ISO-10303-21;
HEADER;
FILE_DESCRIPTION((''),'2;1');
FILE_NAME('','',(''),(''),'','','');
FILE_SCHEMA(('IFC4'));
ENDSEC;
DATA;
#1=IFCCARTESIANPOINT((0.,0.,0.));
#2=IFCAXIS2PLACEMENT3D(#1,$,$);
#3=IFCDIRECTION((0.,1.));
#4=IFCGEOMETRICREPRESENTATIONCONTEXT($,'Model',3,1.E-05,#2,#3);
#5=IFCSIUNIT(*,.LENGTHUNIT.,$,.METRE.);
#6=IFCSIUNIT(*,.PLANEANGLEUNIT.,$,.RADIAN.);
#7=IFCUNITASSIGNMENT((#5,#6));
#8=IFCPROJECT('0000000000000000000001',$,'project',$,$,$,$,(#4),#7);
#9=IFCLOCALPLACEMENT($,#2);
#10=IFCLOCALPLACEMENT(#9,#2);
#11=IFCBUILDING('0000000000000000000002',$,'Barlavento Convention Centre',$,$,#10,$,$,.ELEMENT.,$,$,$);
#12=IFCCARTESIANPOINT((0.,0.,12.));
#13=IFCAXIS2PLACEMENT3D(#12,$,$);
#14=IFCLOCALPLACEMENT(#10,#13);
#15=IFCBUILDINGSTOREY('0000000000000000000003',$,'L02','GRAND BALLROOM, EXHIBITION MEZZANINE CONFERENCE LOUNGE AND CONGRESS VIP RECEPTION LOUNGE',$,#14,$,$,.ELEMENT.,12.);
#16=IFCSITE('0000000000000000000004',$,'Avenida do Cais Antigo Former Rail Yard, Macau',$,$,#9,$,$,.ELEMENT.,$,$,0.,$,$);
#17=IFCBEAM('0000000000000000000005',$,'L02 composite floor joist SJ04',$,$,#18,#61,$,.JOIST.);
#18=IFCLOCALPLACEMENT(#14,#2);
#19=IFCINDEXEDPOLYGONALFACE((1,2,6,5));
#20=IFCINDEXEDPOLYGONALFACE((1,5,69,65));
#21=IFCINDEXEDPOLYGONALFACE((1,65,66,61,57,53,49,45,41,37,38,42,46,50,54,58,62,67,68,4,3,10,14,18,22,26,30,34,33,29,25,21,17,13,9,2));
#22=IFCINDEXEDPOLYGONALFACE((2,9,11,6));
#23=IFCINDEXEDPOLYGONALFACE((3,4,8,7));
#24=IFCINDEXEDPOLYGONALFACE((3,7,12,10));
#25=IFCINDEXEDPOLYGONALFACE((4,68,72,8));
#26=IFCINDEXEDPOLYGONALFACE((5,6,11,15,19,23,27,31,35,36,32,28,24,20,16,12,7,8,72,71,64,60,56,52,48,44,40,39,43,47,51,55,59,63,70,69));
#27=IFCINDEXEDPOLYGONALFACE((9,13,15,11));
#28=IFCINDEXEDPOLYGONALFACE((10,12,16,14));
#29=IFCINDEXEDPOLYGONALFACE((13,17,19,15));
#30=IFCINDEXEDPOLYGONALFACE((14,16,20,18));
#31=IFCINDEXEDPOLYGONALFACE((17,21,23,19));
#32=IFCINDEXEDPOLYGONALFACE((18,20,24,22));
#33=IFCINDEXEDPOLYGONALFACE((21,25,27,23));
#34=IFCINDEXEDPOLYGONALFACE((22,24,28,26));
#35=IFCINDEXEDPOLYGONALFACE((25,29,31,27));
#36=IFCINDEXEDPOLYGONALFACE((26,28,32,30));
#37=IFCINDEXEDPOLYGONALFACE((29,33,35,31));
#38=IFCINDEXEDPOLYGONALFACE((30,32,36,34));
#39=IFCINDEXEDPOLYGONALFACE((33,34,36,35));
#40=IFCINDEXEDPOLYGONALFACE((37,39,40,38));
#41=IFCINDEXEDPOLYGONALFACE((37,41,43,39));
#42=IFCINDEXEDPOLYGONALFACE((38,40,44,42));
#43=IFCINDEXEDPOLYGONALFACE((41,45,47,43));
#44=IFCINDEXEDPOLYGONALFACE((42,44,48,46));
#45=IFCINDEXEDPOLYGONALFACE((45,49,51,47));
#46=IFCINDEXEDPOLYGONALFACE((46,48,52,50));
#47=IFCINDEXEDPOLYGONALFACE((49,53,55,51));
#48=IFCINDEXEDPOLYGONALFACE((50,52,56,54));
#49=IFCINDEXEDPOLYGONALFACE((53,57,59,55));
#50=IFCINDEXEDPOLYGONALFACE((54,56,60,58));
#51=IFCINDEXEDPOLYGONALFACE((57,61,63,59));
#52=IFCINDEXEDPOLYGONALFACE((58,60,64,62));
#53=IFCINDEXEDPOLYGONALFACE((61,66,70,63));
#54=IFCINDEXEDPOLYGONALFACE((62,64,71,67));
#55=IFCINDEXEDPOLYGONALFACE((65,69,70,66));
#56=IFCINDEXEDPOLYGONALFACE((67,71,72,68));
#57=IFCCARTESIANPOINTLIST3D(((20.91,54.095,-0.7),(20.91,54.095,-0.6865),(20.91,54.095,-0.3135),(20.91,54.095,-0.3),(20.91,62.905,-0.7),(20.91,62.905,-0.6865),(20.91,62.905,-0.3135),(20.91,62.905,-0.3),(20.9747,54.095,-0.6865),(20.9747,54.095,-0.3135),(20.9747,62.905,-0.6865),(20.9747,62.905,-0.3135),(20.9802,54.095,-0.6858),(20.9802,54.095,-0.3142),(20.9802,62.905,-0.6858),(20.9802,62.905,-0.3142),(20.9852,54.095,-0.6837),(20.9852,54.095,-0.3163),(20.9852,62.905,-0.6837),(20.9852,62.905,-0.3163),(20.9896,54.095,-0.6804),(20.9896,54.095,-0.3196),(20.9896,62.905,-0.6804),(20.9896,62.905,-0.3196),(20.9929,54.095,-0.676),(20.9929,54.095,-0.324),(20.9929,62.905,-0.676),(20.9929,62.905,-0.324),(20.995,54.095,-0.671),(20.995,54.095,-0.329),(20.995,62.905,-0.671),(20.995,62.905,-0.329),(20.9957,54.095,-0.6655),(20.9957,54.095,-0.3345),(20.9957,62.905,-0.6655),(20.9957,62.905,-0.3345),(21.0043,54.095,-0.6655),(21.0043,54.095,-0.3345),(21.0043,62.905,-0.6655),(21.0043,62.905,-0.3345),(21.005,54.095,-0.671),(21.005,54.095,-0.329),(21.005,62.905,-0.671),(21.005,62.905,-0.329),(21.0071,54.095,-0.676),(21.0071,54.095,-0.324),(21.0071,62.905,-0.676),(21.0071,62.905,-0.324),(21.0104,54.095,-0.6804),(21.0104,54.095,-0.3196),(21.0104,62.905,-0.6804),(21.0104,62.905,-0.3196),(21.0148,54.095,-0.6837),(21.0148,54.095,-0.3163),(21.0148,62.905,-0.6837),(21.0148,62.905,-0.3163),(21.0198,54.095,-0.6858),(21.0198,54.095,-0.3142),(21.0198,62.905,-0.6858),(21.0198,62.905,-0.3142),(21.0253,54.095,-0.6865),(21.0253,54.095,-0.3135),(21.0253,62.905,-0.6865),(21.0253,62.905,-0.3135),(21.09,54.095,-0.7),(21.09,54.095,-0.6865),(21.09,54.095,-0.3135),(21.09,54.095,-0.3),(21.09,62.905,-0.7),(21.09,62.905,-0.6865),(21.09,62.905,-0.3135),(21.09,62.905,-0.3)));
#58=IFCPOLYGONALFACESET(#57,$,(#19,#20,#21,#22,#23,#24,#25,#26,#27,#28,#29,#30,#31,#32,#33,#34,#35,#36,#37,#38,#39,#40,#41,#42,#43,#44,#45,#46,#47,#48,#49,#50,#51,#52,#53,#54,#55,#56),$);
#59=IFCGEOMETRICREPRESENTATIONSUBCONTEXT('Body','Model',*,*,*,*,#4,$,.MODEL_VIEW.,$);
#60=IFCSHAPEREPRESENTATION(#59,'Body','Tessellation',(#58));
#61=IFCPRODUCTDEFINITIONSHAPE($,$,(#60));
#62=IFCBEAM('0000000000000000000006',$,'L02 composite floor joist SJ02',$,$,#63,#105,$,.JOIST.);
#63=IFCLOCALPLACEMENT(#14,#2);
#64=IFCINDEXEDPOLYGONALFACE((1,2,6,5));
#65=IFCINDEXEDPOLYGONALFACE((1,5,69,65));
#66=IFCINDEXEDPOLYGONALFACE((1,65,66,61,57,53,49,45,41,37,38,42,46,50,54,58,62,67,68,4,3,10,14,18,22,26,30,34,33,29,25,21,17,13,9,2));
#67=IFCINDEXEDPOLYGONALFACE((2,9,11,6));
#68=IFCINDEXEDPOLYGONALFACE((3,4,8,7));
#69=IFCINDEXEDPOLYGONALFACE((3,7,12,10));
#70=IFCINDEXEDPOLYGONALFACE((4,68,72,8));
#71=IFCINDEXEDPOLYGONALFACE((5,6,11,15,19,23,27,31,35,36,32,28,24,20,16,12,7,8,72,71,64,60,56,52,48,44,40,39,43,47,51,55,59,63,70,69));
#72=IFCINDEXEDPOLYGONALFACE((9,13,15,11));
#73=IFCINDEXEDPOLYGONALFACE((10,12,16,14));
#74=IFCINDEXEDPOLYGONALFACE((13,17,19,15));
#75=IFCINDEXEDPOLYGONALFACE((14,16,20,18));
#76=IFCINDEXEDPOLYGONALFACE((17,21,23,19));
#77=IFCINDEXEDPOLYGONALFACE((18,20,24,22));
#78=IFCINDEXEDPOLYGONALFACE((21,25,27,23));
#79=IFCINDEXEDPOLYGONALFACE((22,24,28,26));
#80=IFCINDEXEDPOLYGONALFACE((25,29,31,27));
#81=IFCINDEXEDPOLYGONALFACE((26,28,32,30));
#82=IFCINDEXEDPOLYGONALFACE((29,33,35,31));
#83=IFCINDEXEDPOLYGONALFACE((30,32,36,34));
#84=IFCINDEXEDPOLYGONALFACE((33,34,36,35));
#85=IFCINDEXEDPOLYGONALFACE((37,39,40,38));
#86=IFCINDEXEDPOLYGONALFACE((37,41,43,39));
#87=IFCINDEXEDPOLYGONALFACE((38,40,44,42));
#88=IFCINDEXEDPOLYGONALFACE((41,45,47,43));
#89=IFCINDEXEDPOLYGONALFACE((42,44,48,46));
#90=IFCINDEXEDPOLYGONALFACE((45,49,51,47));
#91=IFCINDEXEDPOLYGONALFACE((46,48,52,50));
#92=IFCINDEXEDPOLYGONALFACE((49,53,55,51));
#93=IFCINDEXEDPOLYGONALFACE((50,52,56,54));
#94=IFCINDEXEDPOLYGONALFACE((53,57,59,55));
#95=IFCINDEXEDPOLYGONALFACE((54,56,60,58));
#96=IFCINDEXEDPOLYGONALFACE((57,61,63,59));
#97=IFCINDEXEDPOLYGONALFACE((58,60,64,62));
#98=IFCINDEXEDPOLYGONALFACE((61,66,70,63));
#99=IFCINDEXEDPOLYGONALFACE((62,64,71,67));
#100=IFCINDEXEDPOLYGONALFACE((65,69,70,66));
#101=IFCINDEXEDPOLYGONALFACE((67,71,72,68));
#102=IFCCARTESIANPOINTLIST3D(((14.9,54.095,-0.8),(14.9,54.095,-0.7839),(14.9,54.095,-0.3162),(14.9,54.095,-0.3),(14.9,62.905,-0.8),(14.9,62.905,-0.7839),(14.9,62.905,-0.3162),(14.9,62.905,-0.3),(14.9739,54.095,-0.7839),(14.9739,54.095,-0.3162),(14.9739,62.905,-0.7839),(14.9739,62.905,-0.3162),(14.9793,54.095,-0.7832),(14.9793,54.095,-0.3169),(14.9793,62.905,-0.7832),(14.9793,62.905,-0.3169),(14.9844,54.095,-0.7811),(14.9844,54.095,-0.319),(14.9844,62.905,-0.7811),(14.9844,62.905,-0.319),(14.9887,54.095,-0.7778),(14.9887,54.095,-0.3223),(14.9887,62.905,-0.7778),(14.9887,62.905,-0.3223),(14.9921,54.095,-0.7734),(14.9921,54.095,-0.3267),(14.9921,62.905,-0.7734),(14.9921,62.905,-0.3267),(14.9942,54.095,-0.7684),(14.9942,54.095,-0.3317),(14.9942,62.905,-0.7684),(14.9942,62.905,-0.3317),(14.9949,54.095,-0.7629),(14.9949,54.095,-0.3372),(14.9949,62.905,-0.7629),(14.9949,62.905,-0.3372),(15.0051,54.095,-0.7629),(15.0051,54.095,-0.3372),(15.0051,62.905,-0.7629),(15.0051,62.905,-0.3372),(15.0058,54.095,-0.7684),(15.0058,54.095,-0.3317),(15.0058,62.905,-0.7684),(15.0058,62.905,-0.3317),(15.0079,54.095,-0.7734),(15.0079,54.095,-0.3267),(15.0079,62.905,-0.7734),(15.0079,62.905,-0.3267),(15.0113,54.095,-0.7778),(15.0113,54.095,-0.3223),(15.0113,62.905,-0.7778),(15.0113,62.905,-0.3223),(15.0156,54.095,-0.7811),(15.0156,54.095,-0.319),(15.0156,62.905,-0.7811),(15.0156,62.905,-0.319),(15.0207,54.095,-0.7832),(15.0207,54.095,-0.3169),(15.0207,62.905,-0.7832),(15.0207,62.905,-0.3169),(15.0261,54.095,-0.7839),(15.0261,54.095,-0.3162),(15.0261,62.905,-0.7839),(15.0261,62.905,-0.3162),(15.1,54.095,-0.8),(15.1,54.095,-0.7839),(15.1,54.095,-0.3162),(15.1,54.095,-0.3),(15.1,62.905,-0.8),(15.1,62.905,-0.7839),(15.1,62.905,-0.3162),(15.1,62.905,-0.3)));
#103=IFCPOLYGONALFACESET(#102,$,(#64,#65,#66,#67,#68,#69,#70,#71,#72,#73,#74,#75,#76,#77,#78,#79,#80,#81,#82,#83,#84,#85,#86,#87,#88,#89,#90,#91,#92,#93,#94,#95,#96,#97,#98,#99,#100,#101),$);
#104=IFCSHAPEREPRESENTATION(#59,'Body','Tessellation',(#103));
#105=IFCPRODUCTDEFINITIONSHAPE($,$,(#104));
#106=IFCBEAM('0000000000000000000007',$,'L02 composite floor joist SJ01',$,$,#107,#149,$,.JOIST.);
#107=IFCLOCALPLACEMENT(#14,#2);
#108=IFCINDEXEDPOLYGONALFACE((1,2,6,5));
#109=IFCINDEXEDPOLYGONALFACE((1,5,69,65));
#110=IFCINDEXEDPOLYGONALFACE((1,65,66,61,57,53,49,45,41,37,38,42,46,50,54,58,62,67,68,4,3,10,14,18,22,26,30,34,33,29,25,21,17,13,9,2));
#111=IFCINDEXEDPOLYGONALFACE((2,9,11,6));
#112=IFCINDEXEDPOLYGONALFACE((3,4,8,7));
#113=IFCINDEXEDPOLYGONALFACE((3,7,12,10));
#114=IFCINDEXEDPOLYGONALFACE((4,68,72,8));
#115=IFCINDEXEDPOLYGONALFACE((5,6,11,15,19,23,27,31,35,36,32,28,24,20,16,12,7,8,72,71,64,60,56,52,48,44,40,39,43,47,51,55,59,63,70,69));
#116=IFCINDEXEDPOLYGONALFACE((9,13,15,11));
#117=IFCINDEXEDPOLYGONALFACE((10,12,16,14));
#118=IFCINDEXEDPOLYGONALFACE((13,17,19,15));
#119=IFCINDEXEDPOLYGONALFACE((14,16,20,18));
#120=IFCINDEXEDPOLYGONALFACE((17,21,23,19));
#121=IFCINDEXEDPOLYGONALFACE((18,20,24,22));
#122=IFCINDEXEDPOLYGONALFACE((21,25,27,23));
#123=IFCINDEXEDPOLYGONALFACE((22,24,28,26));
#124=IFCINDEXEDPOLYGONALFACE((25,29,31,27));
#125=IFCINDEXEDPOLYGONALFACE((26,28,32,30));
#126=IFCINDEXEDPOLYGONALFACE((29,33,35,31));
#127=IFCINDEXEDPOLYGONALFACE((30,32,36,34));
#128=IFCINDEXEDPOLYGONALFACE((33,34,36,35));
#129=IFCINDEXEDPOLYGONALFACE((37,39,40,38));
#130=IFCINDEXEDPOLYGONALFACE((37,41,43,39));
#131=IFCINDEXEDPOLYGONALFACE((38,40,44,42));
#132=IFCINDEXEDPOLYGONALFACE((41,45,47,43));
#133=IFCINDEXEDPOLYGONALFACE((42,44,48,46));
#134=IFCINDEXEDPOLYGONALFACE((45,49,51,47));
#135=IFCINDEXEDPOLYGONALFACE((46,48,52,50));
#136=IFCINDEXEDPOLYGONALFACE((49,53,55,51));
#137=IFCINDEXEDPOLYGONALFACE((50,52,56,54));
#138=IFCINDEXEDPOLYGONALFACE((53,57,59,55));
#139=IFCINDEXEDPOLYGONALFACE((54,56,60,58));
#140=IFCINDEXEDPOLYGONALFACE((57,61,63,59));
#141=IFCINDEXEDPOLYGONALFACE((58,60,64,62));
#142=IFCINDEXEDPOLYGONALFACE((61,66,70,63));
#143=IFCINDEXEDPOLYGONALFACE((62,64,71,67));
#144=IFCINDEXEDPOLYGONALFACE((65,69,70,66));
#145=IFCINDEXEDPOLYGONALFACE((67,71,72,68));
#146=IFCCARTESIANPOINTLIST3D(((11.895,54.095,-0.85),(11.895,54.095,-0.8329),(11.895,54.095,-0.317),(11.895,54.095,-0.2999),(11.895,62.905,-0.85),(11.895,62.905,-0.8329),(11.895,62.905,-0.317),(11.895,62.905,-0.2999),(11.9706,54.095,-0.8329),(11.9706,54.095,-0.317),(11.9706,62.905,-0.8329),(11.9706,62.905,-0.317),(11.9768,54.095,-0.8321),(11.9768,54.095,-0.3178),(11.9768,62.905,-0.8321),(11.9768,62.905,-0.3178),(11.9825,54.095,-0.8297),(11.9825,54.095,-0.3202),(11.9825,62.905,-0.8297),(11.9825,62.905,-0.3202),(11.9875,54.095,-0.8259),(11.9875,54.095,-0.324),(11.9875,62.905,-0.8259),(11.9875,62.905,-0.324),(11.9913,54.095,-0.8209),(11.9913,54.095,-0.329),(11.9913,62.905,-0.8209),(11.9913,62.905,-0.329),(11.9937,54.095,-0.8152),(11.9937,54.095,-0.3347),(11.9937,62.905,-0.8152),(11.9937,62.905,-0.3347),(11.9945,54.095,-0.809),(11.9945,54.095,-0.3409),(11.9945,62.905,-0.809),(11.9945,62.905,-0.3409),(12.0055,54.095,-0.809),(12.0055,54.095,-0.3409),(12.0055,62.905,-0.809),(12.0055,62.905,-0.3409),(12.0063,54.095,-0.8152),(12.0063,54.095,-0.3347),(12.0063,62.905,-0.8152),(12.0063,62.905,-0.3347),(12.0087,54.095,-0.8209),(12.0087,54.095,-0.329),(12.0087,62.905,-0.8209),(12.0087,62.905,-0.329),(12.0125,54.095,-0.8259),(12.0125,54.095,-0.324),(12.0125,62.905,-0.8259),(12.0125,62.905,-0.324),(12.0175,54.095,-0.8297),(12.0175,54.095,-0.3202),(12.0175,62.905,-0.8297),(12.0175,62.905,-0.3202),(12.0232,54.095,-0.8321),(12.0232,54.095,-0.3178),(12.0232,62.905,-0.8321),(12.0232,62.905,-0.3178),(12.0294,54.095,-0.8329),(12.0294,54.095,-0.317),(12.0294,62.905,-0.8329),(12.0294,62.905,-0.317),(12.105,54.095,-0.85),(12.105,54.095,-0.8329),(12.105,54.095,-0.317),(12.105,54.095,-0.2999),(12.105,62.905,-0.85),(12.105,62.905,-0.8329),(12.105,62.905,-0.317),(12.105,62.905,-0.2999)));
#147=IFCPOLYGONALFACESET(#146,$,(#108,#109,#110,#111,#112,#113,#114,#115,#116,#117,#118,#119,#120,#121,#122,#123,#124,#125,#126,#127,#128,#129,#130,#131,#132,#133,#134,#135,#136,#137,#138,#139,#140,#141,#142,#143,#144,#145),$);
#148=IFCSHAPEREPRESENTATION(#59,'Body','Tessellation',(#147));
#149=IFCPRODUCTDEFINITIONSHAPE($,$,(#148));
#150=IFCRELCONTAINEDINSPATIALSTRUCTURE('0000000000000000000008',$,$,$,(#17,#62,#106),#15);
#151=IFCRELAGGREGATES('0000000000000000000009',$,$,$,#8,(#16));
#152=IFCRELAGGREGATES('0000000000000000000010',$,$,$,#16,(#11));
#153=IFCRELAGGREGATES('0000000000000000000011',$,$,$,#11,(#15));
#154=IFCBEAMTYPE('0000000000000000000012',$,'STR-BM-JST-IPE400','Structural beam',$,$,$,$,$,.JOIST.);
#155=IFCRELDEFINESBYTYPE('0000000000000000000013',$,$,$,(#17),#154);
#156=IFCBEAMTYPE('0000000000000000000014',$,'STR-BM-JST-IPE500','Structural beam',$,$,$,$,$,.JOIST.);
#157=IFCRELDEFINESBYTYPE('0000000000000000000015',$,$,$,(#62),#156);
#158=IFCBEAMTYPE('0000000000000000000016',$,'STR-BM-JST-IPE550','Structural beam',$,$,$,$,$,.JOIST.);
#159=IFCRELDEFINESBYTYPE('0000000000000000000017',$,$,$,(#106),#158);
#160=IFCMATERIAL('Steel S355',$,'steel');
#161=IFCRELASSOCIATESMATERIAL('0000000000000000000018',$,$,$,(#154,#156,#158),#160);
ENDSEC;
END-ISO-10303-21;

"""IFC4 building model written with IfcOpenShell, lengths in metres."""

from ifc_helpers import new_model, si_unit, direction, frame, origin, origin_2d, place, context, subcontext, project, spatial, i_section, extrude, material, material_profile, profile_set, type_object, element, save


model = new_model("IFC4")

# Units and contexts
model_context = context("Model", 3, precision=1e-05, world=origin(), true_north=direction((0.0, 1.0)))
body_context = subcontext(model_context, "Body", "Model", "MODEL_VIEW")
ifc_project = project(units=[si_unit("LENGTHUNIT", "METRE"), si_unit("PLANEANGLEUNIT", "RADIAN")], contexts=[model_context])

# Site, building, storey
site_placement = place(None, origin())
site = spatial("IfcSite", under=ifc_project, at=site_placement, Name="Avenida do Cais Antigo Former Rail Yard, Macau", CompositionType="ELEMENT", RefElevation=0.0)
building_placement = place(site_placement, origin())
building = spatial("IfcBuilding", under=site, at=building_placement, Name="Barlavento Convention Centre", CompositionType="ELEMENT")
storey_placement = place(building_placement, frame((0.0, 0.0, 12.0)))
storey = spatial("IfcBuildingStorey", under=building, at=storey_placement, Name="L02", Description="GRAND BALLROOM, EXHIBITION MEZZANINE CONFERENCE LOUNGE AND CONGRESS VIP RECEPTION LOUNGE", CompositionType="ELEMENT", Elevation=12.0)

# Shared definitions
ifc_material_1 = material(Name="Steel S355", Category="steel")

# Beams
ifc_material_profile_1 = material_profile(ifc_material_1, i_section(OverallWidth=0.1799, OverallDepth=0.3999, WebThickness=0.0085, FlangeThickness=0.0134, FilletRadius=0.021, at=origin_2d()), Name="IPE 400")
ifc_profile_set_1 = profile_set([ifc_material_profile_1], Name="Steel S355")
beam_type_1 = type_object("IfcBeamType", Name="STR-BM-JST-IPE400", Description="Structural beam", PredefinedType="JOIST", material=ifc_profile_set_1)
beam_1_placement = place(storey_placement, frame((21.0, 54.095, -0.5), z_axis=(0.0, 1.0, 0.0), x_axis=(-1.0, 0.0, 0.0)))
element("IfcBeam", 1, at=beam_1_placement, inside=storey, type_object=beam_type_1, Name="L02 composite floor joist SJ04", PredefinedType="JOIST", context=body_context, shape_type="SweptSolid", body=[
    extrude(i_section(OverallWidth=0.1799, OverallDepth=0.3999, WebThickness=0.0085, FlangeThickness=0.0134, FilletRadius=0.021, at=origin_2d()), origin(), (0.0, 0.0, 1.0), 8.8101),
])
ifc_material_profile_2 = material_profile(ifc_material_1, i_section(OverallWidth=0.2, OverallDepth=0.5, WebThickness=0.0103, FlangeThickness=0.0161, FilletRadius=0.021, at=origin_2d()), Name="IPE 500")
ifc_profile_set_2 = profile_set([ifc_material_profile_2], Name="Steel S355")
beam_type_2 = type_object("IfcBeamType", Name="STR-BM-JST-IPE500", Description="Structural beam", PredefinedType="JOIST", material=ifc_profile_set_2)
beam_2_placement = place(storey_placement, frame((15.0, 54.095, -0.55), z_axis=(0.0, 1.0, 0.0), x_axis=(-1.0, 0.0, 0.0)))
element("IfcBeam", 2, at=beam_2_placement, inside=storey, type_object=beam_type_2, Name="L02 composite floor joist SJ02", PredefinedType="JOIST", context=body_context, shape_type="SweptSolid", body=[
    extrude(i_section(OverallWidth=0.2, OverallDepth=0.5, WebThickness=0.0103, FlangeThickness=0.0161, FilletRadius=0.021, at=origin_2d()), origin(), (0.0, 0.0, 1.0), 8.8101),
])
ifc_material_profile_3 = material_profile(ifc_material_1, i_section(OverallWidth=0.21, OverallDepth=0.55, WebThickness=0.011, FlangeThickness=0.0171, FilletRadius=0.0239, at=origin_2d()), Name="IPE 550")
ifc_profile_set_3 = profile_set([ifc_material_profile_3], Name="Steel S355")
beam_type_3 = type_object("IfcBeamType", Name="STR-BM-JST-IPE550", Description="Structural beam", PredefinedType="JOIST", material=ifc_profile_set_3)
beam_3_placement = place(storey_placement, frame((12.0, 54.095, -0.575), z_axis=(0.0, 1.0, 0.0), x_axis=(-1.0, 0.0, 0.0)))
element("IfcBeam", 3, at=beam_3_placement, inside=storey, type_object=beam_type_3, Name="L02 composite floor joist SJ01", PredefinedType="JOIST", context=body_context, shape_type="SweptSolid", body=[
    extrude(i_section(OverallWidth=0.21, OverallDepth=0.55, WebThickness=0.011, FlangeThickness=0.0171, FilletRadius=0.0239, at=origin_2d()), origin(), (0.0, 0.0, 1.0), 8.8101),
])

save(model, "model.ifc")
